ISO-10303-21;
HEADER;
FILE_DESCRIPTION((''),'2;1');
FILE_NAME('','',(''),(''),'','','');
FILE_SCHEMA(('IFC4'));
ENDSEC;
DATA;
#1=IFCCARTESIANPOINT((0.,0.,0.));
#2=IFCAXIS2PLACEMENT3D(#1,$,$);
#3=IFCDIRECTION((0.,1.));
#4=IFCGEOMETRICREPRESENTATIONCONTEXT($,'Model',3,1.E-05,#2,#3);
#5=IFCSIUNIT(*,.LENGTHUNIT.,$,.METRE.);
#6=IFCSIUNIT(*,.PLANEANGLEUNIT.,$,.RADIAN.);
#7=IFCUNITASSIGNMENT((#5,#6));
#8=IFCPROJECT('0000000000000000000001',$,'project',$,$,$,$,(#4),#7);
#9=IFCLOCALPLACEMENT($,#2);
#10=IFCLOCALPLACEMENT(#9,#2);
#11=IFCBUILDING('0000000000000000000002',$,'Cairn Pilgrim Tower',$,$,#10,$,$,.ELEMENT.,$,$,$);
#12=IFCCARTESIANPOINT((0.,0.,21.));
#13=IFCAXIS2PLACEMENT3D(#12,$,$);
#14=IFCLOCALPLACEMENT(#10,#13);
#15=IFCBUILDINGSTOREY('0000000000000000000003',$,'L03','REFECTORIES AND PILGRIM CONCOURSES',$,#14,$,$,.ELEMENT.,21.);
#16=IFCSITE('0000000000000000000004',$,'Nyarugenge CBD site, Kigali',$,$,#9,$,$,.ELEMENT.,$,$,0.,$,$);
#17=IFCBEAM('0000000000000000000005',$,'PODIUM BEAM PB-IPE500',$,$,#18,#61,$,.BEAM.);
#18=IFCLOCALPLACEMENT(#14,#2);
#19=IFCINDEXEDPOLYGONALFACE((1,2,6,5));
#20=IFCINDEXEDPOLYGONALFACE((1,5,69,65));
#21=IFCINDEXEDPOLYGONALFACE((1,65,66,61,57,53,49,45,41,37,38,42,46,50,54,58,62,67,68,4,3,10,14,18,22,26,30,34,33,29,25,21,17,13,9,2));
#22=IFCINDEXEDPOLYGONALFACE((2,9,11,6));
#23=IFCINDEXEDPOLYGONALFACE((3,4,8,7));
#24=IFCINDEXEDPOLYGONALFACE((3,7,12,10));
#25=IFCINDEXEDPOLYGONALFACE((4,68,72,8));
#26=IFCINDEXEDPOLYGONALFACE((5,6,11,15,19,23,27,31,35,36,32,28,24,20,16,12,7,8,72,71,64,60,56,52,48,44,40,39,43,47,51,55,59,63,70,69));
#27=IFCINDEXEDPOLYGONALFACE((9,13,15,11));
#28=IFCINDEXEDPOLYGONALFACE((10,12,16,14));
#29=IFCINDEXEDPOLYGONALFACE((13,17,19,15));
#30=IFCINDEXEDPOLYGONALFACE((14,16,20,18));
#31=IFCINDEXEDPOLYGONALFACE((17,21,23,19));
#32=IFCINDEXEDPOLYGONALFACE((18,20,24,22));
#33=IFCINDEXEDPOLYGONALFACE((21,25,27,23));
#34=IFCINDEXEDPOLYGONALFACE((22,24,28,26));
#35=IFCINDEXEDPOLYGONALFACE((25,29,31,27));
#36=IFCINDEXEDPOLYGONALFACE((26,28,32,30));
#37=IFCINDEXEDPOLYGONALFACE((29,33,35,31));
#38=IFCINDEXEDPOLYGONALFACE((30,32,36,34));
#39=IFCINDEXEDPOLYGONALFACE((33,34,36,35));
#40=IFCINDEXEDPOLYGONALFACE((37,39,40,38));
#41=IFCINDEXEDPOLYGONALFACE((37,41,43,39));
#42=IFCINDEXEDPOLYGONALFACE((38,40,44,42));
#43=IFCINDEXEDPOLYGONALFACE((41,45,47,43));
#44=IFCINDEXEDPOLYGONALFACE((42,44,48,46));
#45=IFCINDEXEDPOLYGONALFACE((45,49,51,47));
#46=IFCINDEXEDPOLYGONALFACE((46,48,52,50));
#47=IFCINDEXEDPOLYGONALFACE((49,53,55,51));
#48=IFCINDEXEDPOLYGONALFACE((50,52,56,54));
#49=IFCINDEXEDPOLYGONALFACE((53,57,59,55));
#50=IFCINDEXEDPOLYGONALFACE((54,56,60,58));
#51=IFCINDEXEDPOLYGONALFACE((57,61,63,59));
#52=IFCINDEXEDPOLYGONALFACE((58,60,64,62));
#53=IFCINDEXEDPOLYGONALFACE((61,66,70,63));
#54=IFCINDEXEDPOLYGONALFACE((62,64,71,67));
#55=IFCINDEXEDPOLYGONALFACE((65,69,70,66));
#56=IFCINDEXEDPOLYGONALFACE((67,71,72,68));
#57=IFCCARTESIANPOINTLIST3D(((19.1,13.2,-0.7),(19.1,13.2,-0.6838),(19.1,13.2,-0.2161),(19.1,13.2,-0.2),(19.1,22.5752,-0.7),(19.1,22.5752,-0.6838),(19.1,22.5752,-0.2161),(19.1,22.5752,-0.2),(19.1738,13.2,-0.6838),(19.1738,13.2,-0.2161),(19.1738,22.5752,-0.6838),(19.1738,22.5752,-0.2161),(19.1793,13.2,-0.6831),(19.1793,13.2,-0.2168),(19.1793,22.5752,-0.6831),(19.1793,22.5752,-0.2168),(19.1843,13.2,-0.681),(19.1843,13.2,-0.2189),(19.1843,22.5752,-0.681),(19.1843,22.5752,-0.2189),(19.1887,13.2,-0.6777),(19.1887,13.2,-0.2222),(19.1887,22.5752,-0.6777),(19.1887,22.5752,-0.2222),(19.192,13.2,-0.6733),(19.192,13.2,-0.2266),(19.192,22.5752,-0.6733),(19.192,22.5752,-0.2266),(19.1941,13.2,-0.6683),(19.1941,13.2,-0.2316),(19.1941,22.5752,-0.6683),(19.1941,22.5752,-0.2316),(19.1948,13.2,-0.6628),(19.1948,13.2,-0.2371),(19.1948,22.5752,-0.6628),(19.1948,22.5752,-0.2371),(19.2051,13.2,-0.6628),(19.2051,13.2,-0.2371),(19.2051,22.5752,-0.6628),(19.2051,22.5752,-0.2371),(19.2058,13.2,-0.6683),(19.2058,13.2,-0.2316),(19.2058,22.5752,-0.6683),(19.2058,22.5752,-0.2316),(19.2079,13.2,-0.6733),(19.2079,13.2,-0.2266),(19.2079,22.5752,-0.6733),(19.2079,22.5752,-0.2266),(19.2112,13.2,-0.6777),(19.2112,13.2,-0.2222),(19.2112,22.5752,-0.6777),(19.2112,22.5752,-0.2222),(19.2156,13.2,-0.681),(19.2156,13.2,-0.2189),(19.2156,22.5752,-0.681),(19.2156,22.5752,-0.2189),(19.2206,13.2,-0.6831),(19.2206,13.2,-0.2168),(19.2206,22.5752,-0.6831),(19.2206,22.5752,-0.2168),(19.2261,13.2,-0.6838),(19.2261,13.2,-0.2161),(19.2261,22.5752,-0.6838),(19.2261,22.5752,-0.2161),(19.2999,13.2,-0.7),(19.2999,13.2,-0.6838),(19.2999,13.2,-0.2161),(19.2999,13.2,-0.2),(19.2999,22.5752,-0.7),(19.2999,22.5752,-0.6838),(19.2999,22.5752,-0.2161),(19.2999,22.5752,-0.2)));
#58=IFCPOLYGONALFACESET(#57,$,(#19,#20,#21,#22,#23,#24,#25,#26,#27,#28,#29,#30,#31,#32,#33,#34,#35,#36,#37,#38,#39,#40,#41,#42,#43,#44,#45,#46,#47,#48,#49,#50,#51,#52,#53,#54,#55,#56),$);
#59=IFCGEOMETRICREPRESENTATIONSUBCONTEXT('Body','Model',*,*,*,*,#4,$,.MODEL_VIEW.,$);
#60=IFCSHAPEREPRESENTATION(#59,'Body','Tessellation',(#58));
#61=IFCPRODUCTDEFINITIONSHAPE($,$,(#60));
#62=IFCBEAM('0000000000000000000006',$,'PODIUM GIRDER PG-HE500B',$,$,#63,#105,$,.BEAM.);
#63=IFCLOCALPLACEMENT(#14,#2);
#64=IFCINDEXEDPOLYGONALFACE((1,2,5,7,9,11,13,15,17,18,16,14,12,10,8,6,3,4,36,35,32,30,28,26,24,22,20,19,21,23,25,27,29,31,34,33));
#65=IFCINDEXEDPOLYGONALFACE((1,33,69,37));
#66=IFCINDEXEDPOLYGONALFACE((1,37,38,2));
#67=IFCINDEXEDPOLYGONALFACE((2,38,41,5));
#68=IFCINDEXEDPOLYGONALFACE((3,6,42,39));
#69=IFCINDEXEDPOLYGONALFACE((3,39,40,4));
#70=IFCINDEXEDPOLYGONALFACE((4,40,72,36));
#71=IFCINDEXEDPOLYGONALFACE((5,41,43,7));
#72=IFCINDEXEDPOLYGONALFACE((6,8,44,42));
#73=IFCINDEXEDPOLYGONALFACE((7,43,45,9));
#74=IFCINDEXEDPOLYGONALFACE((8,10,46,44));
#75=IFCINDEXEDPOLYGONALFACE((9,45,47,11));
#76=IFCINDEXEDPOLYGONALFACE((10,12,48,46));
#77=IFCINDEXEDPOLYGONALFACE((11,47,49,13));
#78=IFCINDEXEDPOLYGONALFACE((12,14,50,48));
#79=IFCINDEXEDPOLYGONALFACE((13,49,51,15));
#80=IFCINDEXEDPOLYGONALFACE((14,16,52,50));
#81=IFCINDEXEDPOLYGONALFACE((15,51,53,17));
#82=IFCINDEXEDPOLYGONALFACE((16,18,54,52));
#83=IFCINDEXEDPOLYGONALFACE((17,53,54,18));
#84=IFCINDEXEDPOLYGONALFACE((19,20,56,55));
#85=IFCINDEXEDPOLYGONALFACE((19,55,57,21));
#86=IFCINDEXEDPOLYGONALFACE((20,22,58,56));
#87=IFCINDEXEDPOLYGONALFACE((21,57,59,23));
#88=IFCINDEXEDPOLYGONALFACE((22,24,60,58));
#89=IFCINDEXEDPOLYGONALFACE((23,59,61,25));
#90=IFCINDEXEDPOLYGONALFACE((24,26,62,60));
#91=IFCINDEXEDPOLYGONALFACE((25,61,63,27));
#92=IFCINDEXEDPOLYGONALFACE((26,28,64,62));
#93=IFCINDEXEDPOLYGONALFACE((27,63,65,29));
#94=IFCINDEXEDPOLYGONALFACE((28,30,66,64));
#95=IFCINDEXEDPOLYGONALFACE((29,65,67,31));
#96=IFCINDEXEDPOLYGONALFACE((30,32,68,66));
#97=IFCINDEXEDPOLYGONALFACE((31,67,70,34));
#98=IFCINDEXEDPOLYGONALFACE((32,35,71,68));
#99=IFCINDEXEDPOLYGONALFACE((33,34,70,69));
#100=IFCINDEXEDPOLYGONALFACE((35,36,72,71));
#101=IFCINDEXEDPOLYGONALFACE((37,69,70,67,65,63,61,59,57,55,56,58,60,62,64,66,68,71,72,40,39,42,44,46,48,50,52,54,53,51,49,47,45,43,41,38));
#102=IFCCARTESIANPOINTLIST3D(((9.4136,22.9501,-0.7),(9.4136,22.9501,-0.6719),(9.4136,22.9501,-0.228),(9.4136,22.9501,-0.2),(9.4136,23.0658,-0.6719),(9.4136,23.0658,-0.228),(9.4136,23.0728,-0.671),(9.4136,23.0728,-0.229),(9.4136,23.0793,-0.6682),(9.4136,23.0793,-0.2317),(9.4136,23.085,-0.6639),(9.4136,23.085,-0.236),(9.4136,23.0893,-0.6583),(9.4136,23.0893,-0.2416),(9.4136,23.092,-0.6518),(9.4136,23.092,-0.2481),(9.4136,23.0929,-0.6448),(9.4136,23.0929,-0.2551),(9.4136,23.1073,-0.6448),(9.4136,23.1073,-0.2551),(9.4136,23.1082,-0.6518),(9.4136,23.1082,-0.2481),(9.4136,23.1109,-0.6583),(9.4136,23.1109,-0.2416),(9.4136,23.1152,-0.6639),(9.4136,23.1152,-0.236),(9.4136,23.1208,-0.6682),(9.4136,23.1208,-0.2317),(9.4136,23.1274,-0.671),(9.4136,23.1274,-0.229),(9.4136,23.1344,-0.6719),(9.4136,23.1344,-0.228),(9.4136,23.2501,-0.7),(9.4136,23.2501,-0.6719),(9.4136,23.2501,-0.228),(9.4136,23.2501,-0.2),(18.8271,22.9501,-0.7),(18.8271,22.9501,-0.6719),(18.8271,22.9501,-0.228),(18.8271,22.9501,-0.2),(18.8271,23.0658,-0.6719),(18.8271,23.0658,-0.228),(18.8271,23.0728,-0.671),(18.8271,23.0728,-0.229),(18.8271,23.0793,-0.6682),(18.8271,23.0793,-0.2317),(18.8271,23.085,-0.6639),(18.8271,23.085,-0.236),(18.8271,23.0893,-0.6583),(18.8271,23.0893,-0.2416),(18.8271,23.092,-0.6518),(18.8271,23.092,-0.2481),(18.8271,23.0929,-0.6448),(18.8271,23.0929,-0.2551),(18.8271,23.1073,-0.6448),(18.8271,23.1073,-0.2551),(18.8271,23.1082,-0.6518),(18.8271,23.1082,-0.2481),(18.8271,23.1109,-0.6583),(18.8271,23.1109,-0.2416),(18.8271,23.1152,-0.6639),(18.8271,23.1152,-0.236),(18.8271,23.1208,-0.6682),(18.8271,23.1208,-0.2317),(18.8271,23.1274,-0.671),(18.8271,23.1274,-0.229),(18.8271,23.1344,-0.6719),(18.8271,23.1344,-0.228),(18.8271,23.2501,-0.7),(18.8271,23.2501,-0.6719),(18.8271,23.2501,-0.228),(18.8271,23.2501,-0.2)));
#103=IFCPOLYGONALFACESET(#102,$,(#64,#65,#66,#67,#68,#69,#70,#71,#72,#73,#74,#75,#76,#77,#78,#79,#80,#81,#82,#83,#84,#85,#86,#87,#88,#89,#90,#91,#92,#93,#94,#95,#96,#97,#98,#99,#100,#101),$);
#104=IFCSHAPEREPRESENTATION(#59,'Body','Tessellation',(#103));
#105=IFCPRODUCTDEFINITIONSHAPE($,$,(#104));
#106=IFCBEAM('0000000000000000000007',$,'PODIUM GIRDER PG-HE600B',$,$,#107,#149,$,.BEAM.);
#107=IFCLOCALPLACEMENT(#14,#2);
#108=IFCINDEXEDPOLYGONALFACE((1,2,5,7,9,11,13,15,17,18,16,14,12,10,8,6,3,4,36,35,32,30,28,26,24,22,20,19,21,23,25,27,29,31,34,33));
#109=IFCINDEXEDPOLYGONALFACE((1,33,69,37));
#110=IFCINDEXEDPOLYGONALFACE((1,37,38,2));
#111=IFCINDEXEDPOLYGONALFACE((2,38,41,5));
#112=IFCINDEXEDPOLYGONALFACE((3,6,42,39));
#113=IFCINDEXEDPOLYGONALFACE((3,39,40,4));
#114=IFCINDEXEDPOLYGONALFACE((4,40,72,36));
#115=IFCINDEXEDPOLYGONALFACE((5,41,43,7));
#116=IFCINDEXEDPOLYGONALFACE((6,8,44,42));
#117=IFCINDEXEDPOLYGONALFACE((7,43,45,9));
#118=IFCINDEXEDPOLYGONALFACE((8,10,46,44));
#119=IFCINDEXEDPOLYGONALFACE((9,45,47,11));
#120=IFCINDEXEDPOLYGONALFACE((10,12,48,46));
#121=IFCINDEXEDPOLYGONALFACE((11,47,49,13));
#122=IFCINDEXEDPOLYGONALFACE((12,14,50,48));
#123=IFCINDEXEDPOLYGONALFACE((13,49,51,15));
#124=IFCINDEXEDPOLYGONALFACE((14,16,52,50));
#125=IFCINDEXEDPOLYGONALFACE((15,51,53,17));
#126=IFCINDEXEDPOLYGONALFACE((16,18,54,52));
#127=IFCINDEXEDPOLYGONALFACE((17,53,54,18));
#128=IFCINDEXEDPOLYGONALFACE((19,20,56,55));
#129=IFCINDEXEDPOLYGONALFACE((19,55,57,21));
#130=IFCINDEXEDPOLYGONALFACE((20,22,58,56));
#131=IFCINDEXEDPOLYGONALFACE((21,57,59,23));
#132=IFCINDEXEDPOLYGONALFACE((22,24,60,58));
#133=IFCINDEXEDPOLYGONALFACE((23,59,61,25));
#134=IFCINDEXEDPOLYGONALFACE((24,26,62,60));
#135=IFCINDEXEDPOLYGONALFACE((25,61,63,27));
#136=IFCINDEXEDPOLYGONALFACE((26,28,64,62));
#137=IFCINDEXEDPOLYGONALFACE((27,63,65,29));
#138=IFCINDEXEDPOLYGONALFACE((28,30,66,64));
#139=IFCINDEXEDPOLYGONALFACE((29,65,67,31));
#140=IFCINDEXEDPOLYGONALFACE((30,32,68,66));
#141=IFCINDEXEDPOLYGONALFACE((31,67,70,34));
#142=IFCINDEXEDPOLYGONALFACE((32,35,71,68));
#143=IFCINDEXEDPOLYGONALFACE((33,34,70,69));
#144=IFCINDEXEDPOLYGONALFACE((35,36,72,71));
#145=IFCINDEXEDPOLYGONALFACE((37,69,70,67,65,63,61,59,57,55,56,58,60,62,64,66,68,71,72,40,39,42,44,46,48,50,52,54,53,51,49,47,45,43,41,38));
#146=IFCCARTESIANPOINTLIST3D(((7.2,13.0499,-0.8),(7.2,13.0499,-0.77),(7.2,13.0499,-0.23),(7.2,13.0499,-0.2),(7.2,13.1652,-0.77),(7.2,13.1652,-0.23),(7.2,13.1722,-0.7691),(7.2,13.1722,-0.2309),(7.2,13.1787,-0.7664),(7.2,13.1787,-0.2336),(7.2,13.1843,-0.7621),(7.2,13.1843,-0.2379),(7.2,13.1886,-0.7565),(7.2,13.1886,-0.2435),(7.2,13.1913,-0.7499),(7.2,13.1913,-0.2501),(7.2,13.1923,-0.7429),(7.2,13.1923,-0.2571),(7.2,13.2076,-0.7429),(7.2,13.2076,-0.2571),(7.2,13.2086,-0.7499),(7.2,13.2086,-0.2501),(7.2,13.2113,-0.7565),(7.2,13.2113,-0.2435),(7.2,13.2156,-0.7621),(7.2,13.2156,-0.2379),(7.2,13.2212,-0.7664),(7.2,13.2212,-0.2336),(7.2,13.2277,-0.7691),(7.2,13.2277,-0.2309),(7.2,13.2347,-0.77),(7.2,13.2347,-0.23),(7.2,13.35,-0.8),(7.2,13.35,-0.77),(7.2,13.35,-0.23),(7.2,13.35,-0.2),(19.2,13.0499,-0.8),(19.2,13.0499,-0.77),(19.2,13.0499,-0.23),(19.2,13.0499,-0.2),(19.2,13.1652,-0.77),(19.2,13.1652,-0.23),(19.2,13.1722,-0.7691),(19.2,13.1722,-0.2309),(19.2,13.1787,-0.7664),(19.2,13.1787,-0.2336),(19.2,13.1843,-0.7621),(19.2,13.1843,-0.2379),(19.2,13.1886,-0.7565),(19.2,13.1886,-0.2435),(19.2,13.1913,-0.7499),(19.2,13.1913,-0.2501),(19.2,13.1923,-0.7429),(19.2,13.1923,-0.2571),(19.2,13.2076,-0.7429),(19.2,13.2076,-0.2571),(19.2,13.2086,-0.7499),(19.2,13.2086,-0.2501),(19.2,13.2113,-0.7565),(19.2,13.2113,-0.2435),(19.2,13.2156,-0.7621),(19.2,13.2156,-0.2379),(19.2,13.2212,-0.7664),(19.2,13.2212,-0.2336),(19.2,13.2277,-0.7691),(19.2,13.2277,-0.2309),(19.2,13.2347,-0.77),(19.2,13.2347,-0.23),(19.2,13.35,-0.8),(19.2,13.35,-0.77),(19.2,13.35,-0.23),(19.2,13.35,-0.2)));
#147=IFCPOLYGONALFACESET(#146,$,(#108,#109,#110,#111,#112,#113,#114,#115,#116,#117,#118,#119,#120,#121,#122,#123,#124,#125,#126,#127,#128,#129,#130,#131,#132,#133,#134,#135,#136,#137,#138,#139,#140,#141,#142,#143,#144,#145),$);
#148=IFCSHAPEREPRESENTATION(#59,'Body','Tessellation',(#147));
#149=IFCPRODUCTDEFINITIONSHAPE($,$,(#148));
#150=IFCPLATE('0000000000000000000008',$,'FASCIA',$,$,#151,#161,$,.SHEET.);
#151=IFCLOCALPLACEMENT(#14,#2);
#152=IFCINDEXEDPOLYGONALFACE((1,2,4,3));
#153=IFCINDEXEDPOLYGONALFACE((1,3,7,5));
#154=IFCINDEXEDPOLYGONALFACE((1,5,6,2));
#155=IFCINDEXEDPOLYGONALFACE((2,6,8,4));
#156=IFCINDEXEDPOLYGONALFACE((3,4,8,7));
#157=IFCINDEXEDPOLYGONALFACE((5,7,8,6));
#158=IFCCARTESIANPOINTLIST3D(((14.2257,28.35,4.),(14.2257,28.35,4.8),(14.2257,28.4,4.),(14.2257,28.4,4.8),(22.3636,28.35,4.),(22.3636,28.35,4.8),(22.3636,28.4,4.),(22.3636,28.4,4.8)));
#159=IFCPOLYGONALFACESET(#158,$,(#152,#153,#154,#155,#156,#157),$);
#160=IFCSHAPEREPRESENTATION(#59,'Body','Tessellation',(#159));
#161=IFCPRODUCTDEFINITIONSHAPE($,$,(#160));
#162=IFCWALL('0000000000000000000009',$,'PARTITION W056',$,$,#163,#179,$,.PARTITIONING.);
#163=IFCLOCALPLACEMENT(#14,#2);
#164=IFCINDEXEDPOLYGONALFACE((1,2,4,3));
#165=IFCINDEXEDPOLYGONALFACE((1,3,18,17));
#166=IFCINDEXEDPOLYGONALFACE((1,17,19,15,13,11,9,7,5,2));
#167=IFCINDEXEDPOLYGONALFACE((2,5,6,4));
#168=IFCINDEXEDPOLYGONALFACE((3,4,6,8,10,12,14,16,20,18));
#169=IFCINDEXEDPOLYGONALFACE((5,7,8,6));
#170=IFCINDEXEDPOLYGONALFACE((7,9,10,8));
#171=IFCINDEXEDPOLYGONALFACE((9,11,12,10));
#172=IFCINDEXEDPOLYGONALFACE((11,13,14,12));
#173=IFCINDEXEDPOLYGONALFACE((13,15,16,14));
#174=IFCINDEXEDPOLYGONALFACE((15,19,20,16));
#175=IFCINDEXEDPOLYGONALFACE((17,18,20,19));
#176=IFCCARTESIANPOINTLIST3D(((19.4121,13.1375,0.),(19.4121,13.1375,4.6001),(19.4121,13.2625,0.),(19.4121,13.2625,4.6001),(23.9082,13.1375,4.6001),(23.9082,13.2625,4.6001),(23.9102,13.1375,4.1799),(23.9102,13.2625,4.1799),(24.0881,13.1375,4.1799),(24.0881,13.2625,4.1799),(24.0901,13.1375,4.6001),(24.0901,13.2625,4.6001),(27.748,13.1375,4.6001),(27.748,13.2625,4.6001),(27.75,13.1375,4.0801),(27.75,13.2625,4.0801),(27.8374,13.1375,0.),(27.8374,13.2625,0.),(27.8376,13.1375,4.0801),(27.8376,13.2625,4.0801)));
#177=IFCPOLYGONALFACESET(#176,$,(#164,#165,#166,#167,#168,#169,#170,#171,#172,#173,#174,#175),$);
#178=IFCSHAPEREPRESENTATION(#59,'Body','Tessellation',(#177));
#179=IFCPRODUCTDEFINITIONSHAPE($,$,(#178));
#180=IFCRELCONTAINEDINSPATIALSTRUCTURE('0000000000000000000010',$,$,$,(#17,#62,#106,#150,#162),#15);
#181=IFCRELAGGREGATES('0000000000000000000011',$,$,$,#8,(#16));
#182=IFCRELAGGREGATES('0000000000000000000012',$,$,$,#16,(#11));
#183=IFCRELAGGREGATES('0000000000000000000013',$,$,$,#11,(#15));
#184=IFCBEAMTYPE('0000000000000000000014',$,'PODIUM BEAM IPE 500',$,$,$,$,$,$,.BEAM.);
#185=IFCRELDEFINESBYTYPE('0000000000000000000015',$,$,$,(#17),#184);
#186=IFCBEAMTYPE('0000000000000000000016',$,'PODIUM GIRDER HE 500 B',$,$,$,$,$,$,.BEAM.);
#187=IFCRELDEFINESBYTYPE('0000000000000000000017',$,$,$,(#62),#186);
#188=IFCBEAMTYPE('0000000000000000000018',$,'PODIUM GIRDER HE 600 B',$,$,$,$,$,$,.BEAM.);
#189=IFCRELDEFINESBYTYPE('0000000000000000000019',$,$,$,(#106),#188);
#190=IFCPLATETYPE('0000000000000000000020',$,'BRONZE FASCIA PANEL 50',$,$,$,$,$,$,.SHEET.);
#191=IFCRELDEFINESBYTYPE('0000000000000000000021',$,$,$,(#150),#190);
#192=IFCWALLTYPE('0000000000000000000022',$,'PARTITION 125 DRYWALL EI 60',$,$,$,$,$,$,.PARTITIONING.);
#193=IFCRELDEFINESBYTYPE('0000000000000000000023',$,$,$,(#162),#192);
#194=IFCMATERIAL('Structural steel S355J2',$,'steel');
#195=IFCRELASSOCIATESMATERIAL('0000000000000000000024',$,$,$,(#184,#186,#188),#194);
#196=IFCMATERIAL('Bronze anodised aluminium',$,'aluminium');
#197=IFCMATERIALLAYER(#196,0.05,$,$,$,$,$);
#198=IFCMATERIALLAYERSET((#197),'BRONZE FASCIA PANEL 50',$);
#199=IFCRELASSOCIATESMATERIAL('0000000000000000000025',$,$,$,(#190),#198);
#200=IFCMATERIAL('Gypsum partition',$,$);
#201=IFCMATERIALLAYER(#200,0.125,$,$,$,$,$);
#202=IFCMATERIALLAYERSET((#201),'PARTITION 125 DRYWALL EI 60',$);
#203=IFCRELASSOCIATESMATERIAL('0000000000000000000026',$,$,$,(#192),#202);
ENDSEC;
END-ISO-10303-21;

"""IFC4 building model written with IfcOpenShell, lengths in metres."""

from ifc_helpers import new_model, si_unit, direction, frame, origin, origin_2d, place, context, subcontext, project, spatial, polyline, rectangle, i_section, outline, extrude, material, layer, layer_set, material_profile, profile_set, type_object, element, save


model = new_model("IFC4")

# Units and contexts
model_context = context("Model", 3, precision=1e-05, world=origin(), true_north=direction((0.0, 1.0)))
body_context = subcontext(model_context, "Body", "Model", "MODEL_VIEW")
ifc_project = project(units=[si_unit("LENGTHUNIT", "METRE"), si_unit("PLANEANGLEUNIT", "RADIAN")], contexts=[model_context])

# Site, building, storey
site_placement = place(None, origin())
site = spatial("IfcSite", under=ifc_project, at=site_placement, Name="Nyarugenge CBD site, Kigali", CompositionType="ELEMENT", RefElevation=0.0)
building_placement = place(site_placement, origin())
building = spatial("IfcBuilding", under=site, at=building_placement, Name="Cairn Pilgrim Tower", CompositionType="ELEMENT")
storey_placement = place(building_placement, frame((0.0, 0.0, 21.0)))
storey = spatial("IfcBuildingStorey", under=building, at=storey_placement, Name="L03", Description="REFECTORIES AND PILGRIM CONCOURSES", CompositionType="ELEMENT", Elevation=21.0)

# Beams
ifc_material_1 = material(Name="Structural steel S355J2", Category="steel")
ifc_material_profile_1 = material_profile(ifc_material_1, i_section(OverallWidth=0.2, OverallDepth=0.5, WebThickness=0.0103, FlangeThickness=0.0161, FilletRadius=0.021, at=origin_2d()), Name="IPE 500")
ifc_profile_set_1 = profile_set([ifc_material_profile_1], Name="Structural steel S355J2")
beam_type_1 = type_object("IfcBeamType", Name="PODIUM BEAM IPE 500", PredefinedType="BEAM", material=ifc_profile_set_1)
beam_1_placement = place(storey_placement, frame((19.2, 13.2, -0.45), z_axis=(0.0, 1.0, 0.0), x_axis=(-1.0, 0.0, 0.0)))
element("IfcBeam", 1, at=beam_1_placement, inside=storey, type_object=beam_type_1, Name="PODIUM BEAM PB-IPE500", PredefinedType="BEAM", context=body_context, shape_type="SweptSolid", body=[
    extrude(i_section(OverallWidth=0.2, OverallDepth=0.5, WebThickness=0.0103, FlangeThickness=0.0161, FilletRadius=0.021, at=origin_2d()), origin(), (0.0, 0.0, 1.0), 9.3752),
])
ifc_material_profile_2 = material_profile(ifc_material_1, i_section(OverallWidth=0.3, OverallDepth=0.5, WebThickness=0.0144, FlangeThickness=0.0281, FilletRadius=0.0271, at=origin_2d()), Name="HEB 500")
ifc_profile_set_2 = profile_set([ifc_material_profile_2], Name="Structural steel S355J2")
beam_type_2 = type_object("IfcBeamType", Name="PODIUM GIRDER HE 500 B", PredefinedType="BEAM", material=ifc_profile_set_2)
beam_2_placement = place(storey_placement, frame((18.8271, 23.1001, -0.45), z_axis=(-1.0, 0.0, 0.0), x_axis=(0.0, -1.0, 0.0)))
element("IfcBeam", 2, at=beam_2_placement, inside=storey, type_object=beam_type_2, Name="PODIUM GIRDER PG-HE500B", PredefinedType="BEAM", context=body_context, shape_type="SweptSolid", body=[
    extrude(i_section(OverallWidth=0.3, OverallDepth=0.5, WebThickness=0.0144, FlangeThickness=0.0281, FilletRadius=0.0271, at=origin_2d()), origin(), (0.0, 0.0, 1.0), 9.4136),
])
ifc_material_profile_3 = material_profile(ifc_material_1, i_section(OverallWidth=0.3, OverallDepth=0.6001, WebThickness=0.0154, FlangeThickness=0.03, FilletRadius=0.0271, at=origin_2d()), Name="HEB 600")
ifc_profile_set_3 = profile_set([ifc_material_profile_3], Name="Structural steel S355J2")
beam_type_3 = type_object("IfcBeamType", Name="PODIUM GIRDER HE 600 B", PredefinedType="BEAM", material=ifc_profile_set_3)
beam_3_placement = place(storey_placement, frame((19.2, 13.2, -0.5), z_axis=(-1.0, 0.0, 0.0), x_axis=(0.0, -1.0, 0.0)))
element("IfcBeam", 3, at=beam_3_placement, inside=storey, type_object=beam_type_3, Name="PODIUM GIRDER PG-HE600B", PredefinedType="BEAM", context=body_context, shape_type="SweptSolid", body=[
    extrude(i_section(OverallWidth=0.3, OverallDepth=0.6001, WebThickness=0.0154, FlangeThickness=0.03, FilletRadius=0.0271, at=origin_2d()), origin(), (0.0, 0.0, 1.0), 12.0),
])

# Plate
ifc_material_2 = material(Name="Bronze anodised aluminium", Category="aluminium")
ifc_layer_1 = layer(ifc_material_2, 0.05)
ifc_layer_set_1 = layer_set([ifc_layer_1], Name="BRONZE FASCIA PANEL 50")
plate_type = type_object("IfcPlateType", Name="BRONZE FASCIA PANEL 50", PredefinedType="SHEET", material=ifc_layer_set_1)
plate_placement = place(storey_placement, frame((18.2947, 28.375, 4.0), z_axis=(0.0, 0.0, 1.0), x_axis=(-1.0, 0.0, 0.0)))
element("IfcPlate", 4, at=plate_placement, inside=storey, type_object=plate_type, Name="FASCIA", PredefinedType="SHEET", context=body_context, shape_type="SweptSolid", body=[
    extrude(rectangle(XDim=8.1379, YDim=0.05, at=origin_2d()), origin(), (0.0, 0.0, 1.0), 0.8),
])

# Wall
ifc_material_3 = material(Name="Gypsum partition")
ifc_layer_2 = layer(ifc_material_3, 0.125)
ifc_layer_set_2 = layer_set([ifc_layer_2], Name="PARTITION 125 DRYWALL EI 60")
wall_type_1 = type_object("IfcWallType", Name="PARTITION 125 DRYWALL EI 60", PredefinedType="PARTITIONING", material=ifc_layer_set_2)
wall_1_placement = place(storey_placement, frame((19.4121, 13.2, 0.0), z_axis=(0.0, 0.0, 1.0), x_axis=(1.0, 0.0, 0.0)))
element("IfcWall", 5, at=wall_1_placement, inside=storey, type_object=wall_type_1, Name="PARTITION W056", PredefinedType="PARTITIONING", context=body_context, shape_type="SweptSolid", body=[
    extrude(outline(polyline([(0.0, 0.0), (8.4253, 0.0), (8.4255, 4.0801), (8.3379, 4.0801), (8.3359, 4.6001), (4.678, 4.6001), (4.676, 4.1799), (4.498, 4.1799), (4.4961, 4.6001), (0.0, 4.6001), (0.0, 0.0)])), frame((0.0, 0.0625, 0.0), z_axis=(0.0, -1.0, 0.0), x_axis=(1.0, 0.0, 0.0)), (0.0, 0.0, 1.0), 0.125),
])

save(model, "model.ifc")
